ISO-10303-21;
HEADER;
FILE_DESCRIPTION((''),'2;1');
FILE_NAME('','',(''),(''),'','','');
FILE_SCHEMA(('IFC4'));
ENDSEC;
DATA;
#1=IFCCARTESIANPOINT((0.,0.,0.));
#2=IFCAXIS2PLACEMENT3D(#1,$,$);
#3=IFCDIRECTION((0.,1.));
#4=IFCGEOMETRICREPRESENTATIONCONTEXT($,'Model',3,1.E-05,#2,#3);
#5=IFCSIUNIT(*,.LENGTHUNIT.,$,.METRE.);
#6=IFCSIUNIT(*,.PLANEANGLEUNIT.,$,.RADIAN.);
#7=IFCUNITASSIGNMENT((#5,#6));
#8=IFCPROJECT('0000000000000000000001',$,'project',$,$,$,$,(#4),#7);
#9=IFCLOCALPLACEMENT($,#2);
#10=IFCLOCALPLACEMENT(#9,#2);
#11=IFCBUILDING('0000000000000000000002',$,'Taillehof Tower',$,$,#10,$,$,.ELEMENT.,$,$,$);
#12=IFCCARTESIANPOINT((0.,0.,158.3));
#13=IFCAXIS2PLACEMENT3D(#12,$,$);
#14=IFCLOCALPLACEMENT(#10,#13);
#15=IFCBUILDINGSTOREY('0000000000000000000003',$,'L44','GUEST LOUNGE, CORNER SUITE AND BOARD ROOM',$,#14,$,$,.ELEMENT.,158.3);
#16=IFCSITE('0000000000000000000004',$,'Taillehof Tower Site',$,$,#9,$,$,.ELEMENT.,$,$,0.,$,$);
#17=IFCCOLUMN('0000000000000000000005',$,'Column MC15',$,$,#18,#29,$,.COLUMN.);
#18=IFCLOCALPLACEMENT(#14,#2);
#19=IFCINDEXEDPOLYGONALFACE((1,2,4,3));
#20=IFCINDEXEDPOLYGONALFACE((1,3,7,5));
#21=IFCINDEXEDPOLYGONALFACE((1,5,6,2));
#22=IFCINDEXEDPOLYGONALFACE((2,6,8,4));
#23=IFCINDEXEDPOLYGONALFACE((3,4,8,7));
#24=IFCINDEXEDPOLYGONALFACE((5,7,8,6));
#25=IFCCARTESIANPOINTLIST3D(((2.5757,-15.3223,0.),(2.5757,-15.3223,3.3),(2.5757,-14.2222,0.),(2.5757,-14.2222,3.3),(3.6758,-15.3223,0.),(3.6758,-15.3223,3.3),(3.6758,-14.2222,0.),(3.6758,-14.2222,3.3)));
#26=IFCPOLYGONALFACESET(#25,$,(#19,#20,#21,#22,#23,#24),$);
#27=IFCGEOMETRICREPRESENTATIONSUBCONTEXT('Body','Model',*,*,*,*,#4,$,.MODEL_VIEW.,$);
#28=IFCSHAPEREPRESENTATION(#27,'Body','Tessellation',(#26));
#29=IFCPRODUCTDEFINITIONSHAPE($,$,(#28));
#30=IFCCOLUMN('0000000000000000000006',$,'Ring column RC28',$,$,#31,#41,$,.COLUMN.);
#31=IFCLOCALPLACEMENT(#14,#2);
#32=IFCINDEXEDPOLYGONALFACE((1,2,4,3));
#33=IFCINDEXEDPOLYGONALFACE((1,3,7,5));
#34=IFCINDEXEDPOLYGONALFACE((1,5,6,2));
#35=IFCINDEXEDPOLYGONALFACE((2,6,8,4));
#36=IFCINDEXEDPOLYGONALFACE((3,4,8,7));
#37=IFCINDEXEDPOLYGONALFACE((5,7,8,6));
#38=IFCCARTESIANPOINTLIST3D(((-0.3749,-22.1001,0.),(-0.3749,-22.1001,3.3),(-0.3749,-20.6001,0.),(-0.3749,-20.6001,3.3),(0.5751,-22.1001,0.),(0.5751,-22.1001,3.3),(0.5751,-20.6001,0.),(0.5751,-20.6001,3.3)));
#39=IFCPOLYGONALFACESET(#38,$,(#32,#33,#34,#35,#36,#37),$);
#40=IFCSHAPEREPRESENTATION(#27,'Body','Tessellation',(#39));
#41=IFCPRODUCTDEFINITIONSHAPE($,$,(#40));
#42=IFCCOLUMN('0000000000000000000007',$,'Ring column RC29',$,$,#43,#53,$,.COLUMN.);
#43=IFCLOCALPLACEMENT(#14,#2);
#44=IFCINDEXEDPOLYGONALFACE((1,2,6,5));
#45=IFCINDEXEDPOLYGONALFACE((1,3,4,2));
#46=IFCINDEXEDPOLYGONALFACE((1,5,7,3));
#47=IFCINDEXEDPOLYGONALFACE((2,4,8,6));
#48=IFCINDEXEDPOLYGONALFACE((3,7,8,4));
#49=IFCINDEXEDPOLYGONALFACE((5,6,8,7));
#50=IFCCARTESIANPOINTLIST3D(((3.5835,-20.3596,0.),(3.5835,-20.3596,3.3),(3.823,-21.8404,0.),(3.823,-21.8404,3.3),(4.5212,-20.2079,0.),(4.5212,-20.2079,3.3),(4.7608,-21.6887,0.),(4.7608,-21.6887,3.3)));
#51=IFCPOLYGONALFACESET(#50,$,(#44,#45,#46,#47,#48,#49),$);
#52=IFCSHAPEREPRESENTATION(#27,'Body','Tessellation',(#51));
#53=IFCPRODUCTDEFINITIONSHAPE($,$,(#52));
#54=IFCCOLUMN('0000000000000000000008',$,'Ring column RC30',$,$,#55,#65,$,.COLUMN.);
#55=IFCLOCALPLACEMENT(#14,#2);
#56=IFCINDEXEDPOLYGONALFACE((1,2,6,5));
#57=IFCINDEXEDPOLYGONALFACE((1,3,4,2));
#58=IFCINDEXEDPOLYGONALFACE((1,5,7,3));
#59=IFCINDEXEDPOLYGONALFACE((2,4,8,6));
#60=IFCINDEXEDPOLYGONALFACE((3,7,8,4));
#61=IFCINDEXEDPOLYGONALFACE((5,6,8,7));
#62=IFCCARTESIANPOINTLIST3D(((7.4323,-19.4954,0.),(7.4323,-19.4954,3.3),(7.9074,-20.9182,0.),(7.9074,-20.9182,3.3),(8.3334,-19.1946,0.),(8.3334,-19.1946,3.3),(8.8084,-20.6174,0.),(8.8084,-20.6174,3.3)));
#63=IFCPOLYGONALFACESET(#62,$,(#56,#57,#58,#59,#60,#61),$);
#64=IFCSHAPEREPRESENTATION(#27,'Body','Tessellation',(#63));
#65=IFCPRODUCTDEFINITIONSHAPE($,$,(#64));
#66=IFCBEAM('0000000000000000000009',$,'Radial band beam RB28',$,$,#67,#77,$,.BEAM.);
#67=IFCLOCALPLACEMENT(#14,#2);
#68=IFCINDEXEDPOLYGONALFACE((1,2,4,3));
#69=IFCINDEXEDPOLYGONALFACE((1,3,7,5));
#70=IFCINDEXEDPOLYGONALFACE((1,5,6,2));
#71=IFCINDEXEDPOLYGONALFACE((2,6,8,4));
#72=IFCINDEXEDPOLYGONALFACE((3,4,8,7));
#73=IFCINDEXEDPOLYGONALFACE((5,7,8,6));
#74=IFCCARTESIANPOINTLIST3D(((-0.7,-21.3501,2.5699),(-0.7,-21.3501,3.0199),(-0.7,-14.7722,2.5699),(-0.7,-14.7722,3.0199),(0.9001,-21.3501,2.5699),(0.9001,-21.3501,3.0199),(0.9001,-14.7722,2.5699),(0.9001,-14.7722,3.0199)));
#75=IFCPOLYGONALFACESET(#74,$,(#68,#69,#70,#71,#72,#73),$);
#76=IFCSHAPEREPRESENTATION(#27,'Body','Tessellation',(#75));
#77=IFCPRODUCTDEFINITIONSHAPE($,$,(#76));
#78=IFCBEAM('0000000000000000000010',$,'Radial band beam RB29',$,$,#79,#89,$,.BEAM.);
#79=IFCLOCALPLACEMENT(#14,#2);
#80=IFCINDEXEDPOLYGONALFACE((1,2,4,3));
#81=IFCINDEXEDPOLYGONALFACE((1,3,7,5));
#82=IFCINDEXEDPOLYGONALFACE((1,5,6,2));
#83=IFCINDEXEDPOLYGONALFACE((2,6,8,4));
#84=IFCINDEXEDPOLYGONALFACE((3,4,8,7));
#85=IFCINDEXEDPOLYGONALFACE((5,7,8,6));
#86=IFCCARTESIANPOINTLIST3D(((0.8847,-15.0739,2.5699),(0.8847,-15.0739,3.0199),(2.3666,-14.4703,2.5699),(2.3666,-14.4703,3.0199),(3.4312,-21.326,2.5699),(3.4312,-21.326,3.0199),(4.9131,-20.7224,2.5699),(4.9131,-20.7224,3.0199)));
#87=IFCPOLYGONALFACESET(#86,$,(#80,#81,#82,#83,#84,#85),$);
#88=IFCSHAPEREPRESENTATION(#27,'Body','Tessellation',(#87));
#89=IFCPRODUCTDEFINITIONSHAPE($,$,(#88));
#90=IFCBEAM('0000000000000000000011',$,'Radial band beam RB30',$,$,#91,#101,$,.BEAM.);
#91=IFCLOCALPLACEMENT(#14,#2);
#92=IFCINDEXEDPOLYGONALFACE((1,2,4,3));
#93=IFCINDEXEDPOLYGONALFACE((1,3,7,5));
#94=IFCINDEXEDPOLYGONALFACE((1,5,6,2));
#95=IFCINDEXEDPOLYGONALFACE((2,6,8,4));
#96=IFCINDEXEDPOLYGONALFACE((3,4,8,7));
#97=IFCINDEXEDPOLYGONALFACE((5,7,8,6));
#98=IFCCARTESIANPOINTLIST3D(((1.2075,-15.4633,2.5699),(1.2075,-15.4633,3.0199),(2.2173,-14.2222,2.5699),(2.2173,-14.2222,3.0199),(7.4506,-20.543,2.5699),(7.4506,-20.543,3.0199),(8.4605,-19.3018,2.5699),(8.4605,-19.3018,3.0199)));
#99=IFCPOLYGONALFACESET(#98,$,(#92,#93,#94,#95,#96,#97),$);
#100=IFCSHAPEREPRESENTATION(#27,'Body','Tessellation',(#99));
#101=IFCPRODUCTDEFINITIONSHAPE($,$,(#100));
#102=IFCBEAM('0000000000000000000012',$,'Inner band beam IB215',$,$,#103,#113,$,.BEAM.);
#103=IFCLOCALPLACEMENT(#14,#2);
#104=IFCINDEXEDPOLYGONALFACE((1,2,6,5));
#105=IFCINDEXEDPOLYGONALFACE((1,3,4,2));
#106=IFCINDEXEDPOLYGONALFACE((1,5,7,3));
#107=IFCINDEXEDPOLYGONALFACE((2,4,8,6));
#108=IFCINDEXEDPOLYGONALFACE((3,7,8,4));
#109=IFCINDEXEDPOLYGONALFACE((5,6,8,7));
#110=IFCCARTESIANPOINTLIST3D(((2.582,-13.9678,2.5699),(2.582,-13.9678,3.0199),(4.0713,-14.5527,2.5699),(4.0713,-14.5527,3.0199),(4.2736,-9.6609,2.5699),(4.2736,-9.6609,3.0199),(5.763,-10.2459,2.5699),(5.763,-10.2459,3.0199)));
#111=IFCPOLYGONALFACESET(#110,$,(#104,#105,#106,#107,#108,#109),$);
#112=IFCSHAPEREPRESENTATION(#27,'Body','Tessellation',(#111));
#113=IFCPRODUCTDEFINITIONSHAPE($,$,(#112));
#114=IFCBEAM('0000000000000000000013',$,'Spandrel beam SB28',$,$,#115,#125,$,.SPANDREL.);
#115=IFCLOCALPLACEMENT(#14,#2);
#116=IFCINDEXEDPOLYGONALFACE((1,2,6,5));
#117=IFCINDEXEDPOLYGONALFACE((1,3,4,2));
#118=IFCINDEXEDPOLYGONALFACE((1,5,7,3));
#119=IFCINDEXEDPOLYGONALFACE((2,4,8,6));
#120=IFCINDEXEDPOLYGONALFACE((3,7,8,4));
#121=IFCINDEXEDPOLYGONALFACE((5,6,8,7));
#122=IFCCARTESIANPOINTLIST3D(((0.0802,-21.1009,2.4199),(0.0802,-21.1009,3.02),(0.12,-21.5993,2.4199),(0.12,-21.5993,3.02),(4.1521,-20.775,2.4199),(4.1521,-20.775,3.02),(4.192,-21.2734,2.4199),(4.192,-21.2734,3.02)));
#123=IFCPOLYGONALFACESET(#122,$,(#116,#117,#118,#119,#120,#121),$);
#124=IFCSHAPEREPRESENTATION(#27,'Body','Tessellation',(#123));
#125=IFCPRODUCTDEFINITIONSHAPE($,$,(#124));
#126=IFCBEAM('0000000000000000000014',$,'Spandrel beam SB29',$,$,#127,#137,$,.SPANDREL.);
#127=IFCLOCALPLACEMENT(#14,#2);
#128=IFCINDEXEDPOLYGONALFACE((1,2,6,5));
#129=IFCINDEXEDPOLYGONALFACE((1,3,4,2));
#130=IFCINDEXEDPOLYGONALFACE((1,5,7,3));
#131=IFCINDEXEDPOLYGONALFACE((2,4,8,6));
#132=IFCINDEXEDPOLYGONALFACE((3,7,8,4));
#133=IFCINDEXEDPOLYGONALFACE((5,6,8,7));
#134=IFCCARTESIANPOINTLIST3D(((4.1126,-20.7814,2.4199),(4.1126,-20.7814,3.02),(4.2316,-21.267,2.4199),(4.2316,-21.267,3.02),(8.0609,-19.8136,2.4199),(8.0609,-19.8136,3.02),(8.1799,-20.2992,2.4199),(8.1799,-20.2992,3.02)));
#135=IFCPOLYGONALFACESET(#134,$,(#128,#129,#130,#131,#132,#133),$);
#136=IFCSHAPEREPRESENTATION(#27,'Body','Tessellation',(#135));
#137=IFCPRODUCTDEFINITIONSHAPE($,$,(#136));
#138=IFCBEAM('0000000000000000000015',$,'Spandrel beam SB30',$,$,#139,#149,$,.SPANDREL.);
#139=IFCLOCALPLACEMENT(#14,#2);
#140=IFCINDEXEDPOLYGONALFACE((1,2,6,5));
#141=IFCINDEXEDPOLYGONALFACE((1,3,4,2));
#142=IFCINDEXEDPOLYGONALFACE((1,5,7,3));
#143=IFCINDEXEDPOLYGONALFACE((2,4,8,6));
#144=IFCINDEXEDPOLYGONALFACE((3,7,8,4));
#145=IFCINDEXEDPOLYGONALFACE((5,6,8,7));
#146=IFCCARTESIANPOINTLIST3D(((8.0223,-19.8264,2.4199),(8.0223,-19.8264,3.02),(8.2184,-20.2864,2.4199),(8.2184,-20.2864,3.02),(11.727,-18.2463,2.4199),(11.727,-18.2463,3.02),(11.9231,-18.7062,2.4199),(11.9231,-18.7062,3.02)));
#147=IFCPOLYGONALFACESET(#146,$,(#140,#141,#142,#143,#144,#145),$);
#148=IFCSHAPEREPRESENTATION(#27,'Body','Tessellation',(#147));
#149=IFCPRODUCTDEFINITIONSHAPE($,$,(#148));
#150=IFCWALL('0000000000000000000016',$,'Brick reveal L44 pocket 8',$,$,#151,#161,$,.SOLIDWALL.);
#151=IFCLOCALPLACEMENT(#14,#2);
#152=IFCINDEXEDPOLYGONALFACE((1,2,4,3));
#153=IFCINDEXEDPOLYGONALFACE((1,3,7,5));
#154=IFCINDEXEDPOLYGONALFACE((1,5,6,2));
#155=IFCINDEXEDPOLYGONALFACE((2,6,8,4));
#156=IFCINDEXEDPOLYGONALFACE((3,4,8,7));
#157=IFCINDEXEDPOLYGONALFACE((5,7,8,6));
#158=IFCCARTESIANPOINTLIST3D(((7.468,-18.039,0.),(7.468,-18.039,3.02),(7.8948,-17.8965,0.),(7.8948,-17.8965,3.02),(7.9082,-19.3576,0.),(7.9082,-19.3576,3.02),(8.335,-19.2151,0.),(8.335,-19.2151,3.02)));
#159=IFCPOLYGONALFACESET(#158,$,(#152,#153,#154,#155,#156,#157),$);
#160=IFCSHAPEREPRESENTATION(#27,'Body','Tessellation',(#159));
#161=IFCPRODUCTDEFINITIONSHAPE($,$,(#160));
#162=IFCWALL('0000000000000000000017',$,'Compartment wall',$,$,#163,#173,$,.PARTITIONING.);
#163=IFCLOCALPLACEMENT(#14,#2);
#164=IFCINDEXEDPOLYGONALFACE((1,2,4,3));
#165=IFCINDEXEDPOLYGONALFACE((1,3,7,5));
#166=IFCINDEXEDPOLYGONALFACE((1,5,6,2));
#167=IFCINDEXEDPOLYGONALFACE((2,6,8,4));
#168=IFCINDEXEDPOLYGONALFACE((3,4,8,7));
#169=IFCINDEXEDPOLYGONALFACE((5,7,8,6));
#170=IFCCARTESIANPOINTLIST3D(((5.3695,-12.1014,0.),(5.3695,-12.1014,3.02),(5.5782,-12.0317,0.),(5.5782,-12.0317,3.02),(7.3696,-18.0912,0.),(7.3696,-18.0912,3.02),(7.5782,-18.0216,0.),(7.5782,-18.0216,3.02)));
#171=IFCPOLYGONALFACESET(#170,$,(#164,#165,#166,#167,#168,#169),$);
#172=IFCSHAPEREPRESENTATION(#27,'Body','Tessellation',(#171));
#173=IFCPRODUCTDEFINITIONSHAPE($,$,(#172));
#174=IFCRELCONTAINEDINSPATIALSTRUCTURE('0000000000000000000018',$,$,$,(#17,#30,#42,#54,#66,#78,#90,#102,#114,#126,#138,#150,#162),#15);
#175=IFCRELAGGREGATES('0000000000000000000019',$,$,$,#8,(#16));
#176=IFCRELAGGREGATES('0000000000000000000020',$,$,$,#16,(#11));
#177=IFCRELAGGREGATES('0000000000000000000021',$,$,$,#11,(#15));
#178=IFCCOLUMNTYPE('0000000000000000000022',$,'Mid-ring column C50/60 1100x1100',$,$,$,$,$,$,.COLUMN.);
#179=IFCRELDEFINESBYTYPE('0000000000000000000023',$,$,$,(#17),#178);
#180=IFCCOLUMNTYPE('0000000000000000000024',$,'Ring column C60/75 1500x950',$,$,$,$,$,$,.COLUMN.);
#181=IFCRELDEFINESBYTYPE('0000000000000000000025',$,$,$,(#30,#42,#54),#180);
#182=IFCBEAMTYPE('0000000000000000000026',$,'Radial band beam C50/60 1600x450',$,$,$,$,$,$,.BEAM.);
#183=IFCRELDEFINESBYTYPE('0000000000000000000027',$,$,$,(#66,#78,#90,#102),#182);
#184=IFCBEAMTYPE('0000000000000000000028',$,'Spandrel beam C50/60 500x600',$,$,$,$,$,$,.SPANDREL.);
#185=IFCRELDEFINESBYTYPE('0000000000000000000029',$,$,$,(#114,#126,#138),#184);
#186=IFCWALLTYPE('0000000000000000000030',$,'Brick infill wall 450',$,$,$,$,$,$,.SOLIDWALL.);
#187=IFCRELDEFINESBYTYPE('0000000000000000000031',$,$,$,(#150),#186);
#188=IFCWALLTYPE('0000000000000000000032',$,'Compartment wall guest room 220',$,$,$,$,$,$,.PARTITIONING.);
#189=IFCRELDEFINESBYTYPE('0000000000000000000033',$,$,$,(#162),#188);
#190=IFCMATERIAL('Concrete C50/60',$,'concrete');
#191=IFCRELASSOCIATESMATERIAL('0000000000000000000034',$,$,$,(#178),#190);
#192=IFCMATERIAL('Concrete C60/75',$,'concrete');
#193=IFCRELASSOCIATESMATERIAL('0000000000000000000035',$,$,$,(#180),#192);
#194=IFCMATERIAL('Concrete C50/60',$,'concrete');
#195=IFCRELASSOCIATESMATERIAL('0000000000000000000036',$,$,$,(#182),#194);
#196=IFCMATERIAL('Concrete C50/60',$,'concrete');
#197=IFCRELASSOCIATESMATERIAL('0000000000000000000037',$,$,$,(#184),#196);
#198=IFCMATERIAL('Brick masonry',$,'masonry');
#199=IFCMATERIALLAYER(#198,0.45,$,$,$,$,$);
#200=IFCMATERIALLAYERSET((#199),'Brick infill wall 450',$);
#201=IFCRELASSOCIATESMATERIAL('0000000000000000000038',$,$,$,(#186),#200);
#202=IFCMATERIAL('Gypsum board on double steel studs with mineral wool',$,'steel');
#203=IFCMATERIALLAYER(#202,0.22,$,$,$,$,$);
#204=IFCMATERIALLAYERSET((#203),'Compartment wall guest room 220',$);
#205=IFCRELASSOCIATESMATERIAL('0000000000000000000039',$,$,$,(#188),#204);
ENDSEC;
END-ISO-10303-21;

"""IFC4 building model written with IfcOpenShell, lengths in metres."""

from ifc_helpers import new_model, si_unit, direction, frame, frame_2d, origin, origin_2d, place, context, subcontext, project, spatial, rectangle, extrude, material, layer, layer_set, material_profile, profile_set, type_object, element, save


model = new_model("IFC4")

# Units and contexts
model_context = context("Model", 3, precision=1e-05, world=origin(), true_north=direction((0.0, 1.0)))
body_context = subcontext(model_context, "Body", "Model", "MODEL_VIEW")
ifc_project = project(units=[si_unit("LENGTHUNIT", "METRE"), si_unit("PLANEANGLEUNIT", "RADIAN")], contexts=[model_context])

# Site, building, storey
site_placement = place(None, origin())
site = spatial("IfcSite", under=ifc_project, at=site_placement, Name="Taillehof Tower Site", CompositionType="ELEMENT", RefElevation=0.0)
building_placement = place(site_placement, origin())
building = spatial("IfcBuilding", under=site, at=building_placement, Name="Taillehof Tower", CompositionType="ELEMENT")
storey_placement = place(building_placement, frame((0.0, 0.0, 158.3)))
storey = spatial("IfcBuildingStorey", under=building, at=storey_placement, Name="L44", Description="GUEST LOUNGE, CORNER SUITE AND BOARD ROOM", CompositionType="ELEMENT", Elevation=158.3)

# Columns
ifc_material_1 = material(Name="Concrete C50/60", Category="concrete")
ifc_material_profile_1 = material_profile(ifc_material_1, rectangle(XDim=1.1001, YDim=1.1001, at=origin_2d()), Name="RC 1100x1100")
ifc_profile_set_1 = profile_set([ifc_material_profile_1], Name="Concrete C50/60")
column_type_1 = type_object("IfcColumnType", Name="Mid-ring column C50/60 1100x1100", PredefinedType="COLUMN", material=ifc_profile_set_1)
column_placement = place(storey_placement, frame((3.1257, -14.7722, 0.0), z_axis=(0.0, 0.0, 1.0), x_axis=(1.0, 0.0, 0.0)))
element("IfcColumn", 1, at=column_placement, inside=storey, type_object=column_type_1, Name="Column MC15", PredefinedType="COLUMN", context=body_context, shape_type="SweptSolid", body=[
    extrude(rectangle(XDim=1.1001, YDim=1.1001, at=origin_2d()), origin(), (0.0, 0.0, 1.0), 3.3),
])
ifc_material_2 = material(Name="Concrete C60/75", Category="concrete")
ifc_material_profile_2 = material_profile(ifc_material_2, rectangle(XDim=1.5, YDim=0.95, at=origin_2d()), Name="RC 1500x950")
ifc_profile_set_2 = profile_set([ifc_material_profile_2], Name="Concrete C60/75")
column_type_2 = type_object("IfcColumnType", Name="Ring column C60/75 1500x950", PredefinedType="COLUMN", material=ifc_profile_set_2)
for number, where, z_axis, x_axis, name in (
    (2, (0.1001, -21.3501, 0.0), (0.0, 0.0, 1.0), (0.0, -1.0, 0.0), "Ring column RC28"),
    (3, (4.1721, -21.0242, 0.0), (0.0, 0.0, 1.0), (0.159679, -0.987169, 0.0), "Ring column RC29"),
    (4, (8.1204, -20.0564, 0.0), (0.0, 0.0, 1.0), (0.316703, -0.948525, 0.0), "Ring column RC30"),
):
    element("IfcColumn", number, at=place(storey_placement, frame(where, z_axis=z_axis, x_axis=x_axis)), inside=storey, type_object=column_type_2, Name=name, PredefinedType="COLUMN", context=body_context, shape_type="SweptSolid", body=[
        extrude(rectangle(XDim=1.5, YDim=0.95, at=origin_2d()), origin(), (0.0, 0.0, 1.0), 3.3),
    ])

# Beams
ifc_material_3 = material(Name="Concrete C50/60", Category="concrete")
ifc_material_profile_3 = material_profile(ifc_material_3, rectangle(XDim=1.6001, YDim=0.45, at=origin_2d()), Name="RC 1600x450")
ifc_profile_set_3 = profile_set([ifc_material_profile_3], Name="Concrete C50/60")
beam_type_1 = type_object("IfcBeamType", Name="Radial band beam C50/60 1600x450", PredefinedType="BEAM", material=ifc_profile_set_3)
beam_1_placement = place(storey_placement, frame((0.1001, -21.3501, 2.7949), z_axis=(0.0, 1.0, 0.0), x_axis=(-1.0, 0.0, 0.0)))
element("IfcBeam", 5, at=beam_1_placement, inside=storey, type_object=beam_type_1, Name="Radial band beam RB28", PredefinedType="BEAM", context=body_context, shape_type="SweptSolid", body=[
    extrude(rectangle(XDim=1.6001, YDim=0.45, at=origin_2d()), origin(), (0.0, 0.0, 1.0), 6.5779),
])
beam_2_placement = place(storey_placement, frame((4.1721, -21.0242, 2.7949), z_axis=(-0.377207, 0.926129, 0.0), x_axis=(-0.926129, -0.377207, 0.0)))
element("IfcBeam", 6, at=beam_2_placement, inside=storey, type_object=beam_type_1, Name="Radial band beam RB29", PredefinedType="BEAM", context=body_context, shape_type="SweptSolid", body=[
    extrude(rectangle(XDim=1.6001, YDim=0.45, at=origin_2d()), origin(), (0.0, 0.0, 1.0), 6.7507),
])
beam_3_placement = place(storey_placement, frame((7.9556, -19.9224, 2.7949), z_axis=(-0.775687, 0.631118, 0.0), x_axis=(-0.631118, -0.775687, 0.0)))
element("IfcBeam", 7, at=beam_3_placement, inside=storey, type_object=beam_type_1, Name="Radial band beam RB30", PredefinedType="BEAM", context=body_context, shape_type="SweptSolid", body=[
    extrude(rectangle(XDim=1.6001, YDim=0.45, at=origin_2d()), origin(), (0.0, 0.0, 1.0), 8.0486),
])
beam_4_placement = place(storey_placement, frame((3.3267, -14.2603, 2.7949), z_axis=(0.365589, 0.930777, 0.0), x_axis=(-0.930777, 0.365589, 0.0)))
element("IfcBeam", 8, at=beam_4_placement, inside=storey, type_object=beam_type_1, Name="Inner band beam IB215", PredefinedType="BEAM", context=body_context, shape_type="SweptSolid", body=[
    extrude(rectangle(XDim=1.6001, YDim=0.45, at=origin_2d()), origin(), (0.0, 0.0, 1.0), 4.6272),
])
ifc_material_4 = material(Name="Concrete C50/60", Category="concrete")
ifc_material_profile_4 = material_profile(ifc_material_4, rectangle(XDim=0.5, YDim=0.6001, at=origin_2d()), Name="RC 500x600")
ifc_profile_set_4 = profile_set([ifc_material_profile_4], Name="Concrete C50/60")
beam_type_2 = type_object("IfcBeamType", Name="Spandrel beam C50/60 500x600", PredefinedType="SPANDREL", material=ifc_profile_set_4)
beam_5_placement = place(storey_placement, frame((0.1001, -21.3501, 2.72), z_axis=(0.996812, 0.079786, 0.0), x_axis=(-0.079786, 0.996812, 0.0)))
element("IfcBeam", 9, at=beam_5_placement, inside=storey, type_object=beam_type_2, Name="Spandrel beam SB28", PredefinedType="SPANDREL", context=body_context, shape_type="SweptSolid", body=[
    extrude(rectangle(XDim=0.5, YDim=0.6001, at=origin_2d()), origin(), (0.0, 0.0, 1.0), 4.085),
])
beam_6_placement = place(storey_placement, frame((4.1721, -21.0242, 2.72), z_axis=(0.971249, 0.238068, 0.0), x_axis=(-0.238068, 0.971249, 0.0)))
element("IfcBeam", 10, at=beam_6_placement, inside=storey, type_object=beam_type_2, Name="Spandrel beam SB29", PredefinedType="SPANDREL", context=body_context, shape_type="SweptSolid", body=[
    extrude(rectangle(XDim=0.5, YDim=0.6001, at=origin_2d()), origin(), (0.0, 0.0, 1.0), 4.0652),
])
beam_7_placement = place(storey_placement, frame((8.1204, -20.0564, 2.72), z_axis=(0.919827, 0.392324, 0.0), x_axis=(-0.392324, 0.919827, 0.0)))
element("IfcBeam", 11, at=beam_7_placement, inside=storey, type_object=beam_type_2, Name="Spandrel beam SB30", PredefinedType="SPANDREL", context=body_context, shape_type="SweptSolid", body=[
    extrude(rectangle(XDim=0.5, YDim=0.6001, at=origin_2d()), origin(), (0.0, 0.0, 1.0), 4.0276),
])

# Wall
ifc_material_5 = material(Name="Brick masonry", Category="masonry")
ifc_layer_1 = layer(ifc_material_5, 0.45)
ifc_layer_set_1 = layer_set([ifc_layer_1], Name="Brick infill wall 450")
wall_type_1 = type_object("IfcWallType", Name="Brick infill wall 450", PredefinedType="SOLIDWALL", material=ifc_layer_set_1)
wall_1_placement = place(storey_placement, frame((8.1216, -19.2864, 0.0), z_axis=(0.0, 0.0, 1.0), x_axis=(-0.316649, 0.948543, 0.0)))
element("IfcWall", 12, at=wall_1_placement, inside=storey, type_object=wall_type_1, Name="Brick reveal L44 pocket 8", PredefinedType="SOLIDWALL", context=body_context, shape_type="SweptSolid", body=[
    extrude(rectangle(XDim=1.3901, YDim=0.45, at=frame_2d((0.6951, 0.0))), origin(), (0.0, 0.0, 1.0), 3.02),
])

# Wall
ifc_material_6 = material(Name="Gypsum board on double steel studs with mineral wool", Category="steel")
ifc_layer_2 = layer(ifc_material_6, 0.22)
ifc_layer_set_2 = layer_set([ifc_layer_2], Name="Compartment wall guest room 220")
wall_type_2 = type_object("IfcWallType", Name="Compartment wall guest room 220", PredefinedType="PARTITIONING", material=ifc_layer_set_2)
wall_2_placement = place(storey_placement, frame((7.4739, -18.0564, 0.0), z_axis=(0.0, 0.0, 1.0), x_axis=(-0.316715, 0.948521, 0.0)))
element("IfcWall", 13, at=wall_2_placement, inside=storey, type_object=wall_type_2, Name="Compartment wall", PredefinedType="PARTITIONING", context=body_context, shape_type="SweptSolid", body=[
    extrude(rectangle(XDim=6.3149, YDim=0.22, at=frame_2d((3.1575, 0.0))), origin(), (0.0, 0.0, 1.0), 3.02),
])

save(model, "model.ifc")
